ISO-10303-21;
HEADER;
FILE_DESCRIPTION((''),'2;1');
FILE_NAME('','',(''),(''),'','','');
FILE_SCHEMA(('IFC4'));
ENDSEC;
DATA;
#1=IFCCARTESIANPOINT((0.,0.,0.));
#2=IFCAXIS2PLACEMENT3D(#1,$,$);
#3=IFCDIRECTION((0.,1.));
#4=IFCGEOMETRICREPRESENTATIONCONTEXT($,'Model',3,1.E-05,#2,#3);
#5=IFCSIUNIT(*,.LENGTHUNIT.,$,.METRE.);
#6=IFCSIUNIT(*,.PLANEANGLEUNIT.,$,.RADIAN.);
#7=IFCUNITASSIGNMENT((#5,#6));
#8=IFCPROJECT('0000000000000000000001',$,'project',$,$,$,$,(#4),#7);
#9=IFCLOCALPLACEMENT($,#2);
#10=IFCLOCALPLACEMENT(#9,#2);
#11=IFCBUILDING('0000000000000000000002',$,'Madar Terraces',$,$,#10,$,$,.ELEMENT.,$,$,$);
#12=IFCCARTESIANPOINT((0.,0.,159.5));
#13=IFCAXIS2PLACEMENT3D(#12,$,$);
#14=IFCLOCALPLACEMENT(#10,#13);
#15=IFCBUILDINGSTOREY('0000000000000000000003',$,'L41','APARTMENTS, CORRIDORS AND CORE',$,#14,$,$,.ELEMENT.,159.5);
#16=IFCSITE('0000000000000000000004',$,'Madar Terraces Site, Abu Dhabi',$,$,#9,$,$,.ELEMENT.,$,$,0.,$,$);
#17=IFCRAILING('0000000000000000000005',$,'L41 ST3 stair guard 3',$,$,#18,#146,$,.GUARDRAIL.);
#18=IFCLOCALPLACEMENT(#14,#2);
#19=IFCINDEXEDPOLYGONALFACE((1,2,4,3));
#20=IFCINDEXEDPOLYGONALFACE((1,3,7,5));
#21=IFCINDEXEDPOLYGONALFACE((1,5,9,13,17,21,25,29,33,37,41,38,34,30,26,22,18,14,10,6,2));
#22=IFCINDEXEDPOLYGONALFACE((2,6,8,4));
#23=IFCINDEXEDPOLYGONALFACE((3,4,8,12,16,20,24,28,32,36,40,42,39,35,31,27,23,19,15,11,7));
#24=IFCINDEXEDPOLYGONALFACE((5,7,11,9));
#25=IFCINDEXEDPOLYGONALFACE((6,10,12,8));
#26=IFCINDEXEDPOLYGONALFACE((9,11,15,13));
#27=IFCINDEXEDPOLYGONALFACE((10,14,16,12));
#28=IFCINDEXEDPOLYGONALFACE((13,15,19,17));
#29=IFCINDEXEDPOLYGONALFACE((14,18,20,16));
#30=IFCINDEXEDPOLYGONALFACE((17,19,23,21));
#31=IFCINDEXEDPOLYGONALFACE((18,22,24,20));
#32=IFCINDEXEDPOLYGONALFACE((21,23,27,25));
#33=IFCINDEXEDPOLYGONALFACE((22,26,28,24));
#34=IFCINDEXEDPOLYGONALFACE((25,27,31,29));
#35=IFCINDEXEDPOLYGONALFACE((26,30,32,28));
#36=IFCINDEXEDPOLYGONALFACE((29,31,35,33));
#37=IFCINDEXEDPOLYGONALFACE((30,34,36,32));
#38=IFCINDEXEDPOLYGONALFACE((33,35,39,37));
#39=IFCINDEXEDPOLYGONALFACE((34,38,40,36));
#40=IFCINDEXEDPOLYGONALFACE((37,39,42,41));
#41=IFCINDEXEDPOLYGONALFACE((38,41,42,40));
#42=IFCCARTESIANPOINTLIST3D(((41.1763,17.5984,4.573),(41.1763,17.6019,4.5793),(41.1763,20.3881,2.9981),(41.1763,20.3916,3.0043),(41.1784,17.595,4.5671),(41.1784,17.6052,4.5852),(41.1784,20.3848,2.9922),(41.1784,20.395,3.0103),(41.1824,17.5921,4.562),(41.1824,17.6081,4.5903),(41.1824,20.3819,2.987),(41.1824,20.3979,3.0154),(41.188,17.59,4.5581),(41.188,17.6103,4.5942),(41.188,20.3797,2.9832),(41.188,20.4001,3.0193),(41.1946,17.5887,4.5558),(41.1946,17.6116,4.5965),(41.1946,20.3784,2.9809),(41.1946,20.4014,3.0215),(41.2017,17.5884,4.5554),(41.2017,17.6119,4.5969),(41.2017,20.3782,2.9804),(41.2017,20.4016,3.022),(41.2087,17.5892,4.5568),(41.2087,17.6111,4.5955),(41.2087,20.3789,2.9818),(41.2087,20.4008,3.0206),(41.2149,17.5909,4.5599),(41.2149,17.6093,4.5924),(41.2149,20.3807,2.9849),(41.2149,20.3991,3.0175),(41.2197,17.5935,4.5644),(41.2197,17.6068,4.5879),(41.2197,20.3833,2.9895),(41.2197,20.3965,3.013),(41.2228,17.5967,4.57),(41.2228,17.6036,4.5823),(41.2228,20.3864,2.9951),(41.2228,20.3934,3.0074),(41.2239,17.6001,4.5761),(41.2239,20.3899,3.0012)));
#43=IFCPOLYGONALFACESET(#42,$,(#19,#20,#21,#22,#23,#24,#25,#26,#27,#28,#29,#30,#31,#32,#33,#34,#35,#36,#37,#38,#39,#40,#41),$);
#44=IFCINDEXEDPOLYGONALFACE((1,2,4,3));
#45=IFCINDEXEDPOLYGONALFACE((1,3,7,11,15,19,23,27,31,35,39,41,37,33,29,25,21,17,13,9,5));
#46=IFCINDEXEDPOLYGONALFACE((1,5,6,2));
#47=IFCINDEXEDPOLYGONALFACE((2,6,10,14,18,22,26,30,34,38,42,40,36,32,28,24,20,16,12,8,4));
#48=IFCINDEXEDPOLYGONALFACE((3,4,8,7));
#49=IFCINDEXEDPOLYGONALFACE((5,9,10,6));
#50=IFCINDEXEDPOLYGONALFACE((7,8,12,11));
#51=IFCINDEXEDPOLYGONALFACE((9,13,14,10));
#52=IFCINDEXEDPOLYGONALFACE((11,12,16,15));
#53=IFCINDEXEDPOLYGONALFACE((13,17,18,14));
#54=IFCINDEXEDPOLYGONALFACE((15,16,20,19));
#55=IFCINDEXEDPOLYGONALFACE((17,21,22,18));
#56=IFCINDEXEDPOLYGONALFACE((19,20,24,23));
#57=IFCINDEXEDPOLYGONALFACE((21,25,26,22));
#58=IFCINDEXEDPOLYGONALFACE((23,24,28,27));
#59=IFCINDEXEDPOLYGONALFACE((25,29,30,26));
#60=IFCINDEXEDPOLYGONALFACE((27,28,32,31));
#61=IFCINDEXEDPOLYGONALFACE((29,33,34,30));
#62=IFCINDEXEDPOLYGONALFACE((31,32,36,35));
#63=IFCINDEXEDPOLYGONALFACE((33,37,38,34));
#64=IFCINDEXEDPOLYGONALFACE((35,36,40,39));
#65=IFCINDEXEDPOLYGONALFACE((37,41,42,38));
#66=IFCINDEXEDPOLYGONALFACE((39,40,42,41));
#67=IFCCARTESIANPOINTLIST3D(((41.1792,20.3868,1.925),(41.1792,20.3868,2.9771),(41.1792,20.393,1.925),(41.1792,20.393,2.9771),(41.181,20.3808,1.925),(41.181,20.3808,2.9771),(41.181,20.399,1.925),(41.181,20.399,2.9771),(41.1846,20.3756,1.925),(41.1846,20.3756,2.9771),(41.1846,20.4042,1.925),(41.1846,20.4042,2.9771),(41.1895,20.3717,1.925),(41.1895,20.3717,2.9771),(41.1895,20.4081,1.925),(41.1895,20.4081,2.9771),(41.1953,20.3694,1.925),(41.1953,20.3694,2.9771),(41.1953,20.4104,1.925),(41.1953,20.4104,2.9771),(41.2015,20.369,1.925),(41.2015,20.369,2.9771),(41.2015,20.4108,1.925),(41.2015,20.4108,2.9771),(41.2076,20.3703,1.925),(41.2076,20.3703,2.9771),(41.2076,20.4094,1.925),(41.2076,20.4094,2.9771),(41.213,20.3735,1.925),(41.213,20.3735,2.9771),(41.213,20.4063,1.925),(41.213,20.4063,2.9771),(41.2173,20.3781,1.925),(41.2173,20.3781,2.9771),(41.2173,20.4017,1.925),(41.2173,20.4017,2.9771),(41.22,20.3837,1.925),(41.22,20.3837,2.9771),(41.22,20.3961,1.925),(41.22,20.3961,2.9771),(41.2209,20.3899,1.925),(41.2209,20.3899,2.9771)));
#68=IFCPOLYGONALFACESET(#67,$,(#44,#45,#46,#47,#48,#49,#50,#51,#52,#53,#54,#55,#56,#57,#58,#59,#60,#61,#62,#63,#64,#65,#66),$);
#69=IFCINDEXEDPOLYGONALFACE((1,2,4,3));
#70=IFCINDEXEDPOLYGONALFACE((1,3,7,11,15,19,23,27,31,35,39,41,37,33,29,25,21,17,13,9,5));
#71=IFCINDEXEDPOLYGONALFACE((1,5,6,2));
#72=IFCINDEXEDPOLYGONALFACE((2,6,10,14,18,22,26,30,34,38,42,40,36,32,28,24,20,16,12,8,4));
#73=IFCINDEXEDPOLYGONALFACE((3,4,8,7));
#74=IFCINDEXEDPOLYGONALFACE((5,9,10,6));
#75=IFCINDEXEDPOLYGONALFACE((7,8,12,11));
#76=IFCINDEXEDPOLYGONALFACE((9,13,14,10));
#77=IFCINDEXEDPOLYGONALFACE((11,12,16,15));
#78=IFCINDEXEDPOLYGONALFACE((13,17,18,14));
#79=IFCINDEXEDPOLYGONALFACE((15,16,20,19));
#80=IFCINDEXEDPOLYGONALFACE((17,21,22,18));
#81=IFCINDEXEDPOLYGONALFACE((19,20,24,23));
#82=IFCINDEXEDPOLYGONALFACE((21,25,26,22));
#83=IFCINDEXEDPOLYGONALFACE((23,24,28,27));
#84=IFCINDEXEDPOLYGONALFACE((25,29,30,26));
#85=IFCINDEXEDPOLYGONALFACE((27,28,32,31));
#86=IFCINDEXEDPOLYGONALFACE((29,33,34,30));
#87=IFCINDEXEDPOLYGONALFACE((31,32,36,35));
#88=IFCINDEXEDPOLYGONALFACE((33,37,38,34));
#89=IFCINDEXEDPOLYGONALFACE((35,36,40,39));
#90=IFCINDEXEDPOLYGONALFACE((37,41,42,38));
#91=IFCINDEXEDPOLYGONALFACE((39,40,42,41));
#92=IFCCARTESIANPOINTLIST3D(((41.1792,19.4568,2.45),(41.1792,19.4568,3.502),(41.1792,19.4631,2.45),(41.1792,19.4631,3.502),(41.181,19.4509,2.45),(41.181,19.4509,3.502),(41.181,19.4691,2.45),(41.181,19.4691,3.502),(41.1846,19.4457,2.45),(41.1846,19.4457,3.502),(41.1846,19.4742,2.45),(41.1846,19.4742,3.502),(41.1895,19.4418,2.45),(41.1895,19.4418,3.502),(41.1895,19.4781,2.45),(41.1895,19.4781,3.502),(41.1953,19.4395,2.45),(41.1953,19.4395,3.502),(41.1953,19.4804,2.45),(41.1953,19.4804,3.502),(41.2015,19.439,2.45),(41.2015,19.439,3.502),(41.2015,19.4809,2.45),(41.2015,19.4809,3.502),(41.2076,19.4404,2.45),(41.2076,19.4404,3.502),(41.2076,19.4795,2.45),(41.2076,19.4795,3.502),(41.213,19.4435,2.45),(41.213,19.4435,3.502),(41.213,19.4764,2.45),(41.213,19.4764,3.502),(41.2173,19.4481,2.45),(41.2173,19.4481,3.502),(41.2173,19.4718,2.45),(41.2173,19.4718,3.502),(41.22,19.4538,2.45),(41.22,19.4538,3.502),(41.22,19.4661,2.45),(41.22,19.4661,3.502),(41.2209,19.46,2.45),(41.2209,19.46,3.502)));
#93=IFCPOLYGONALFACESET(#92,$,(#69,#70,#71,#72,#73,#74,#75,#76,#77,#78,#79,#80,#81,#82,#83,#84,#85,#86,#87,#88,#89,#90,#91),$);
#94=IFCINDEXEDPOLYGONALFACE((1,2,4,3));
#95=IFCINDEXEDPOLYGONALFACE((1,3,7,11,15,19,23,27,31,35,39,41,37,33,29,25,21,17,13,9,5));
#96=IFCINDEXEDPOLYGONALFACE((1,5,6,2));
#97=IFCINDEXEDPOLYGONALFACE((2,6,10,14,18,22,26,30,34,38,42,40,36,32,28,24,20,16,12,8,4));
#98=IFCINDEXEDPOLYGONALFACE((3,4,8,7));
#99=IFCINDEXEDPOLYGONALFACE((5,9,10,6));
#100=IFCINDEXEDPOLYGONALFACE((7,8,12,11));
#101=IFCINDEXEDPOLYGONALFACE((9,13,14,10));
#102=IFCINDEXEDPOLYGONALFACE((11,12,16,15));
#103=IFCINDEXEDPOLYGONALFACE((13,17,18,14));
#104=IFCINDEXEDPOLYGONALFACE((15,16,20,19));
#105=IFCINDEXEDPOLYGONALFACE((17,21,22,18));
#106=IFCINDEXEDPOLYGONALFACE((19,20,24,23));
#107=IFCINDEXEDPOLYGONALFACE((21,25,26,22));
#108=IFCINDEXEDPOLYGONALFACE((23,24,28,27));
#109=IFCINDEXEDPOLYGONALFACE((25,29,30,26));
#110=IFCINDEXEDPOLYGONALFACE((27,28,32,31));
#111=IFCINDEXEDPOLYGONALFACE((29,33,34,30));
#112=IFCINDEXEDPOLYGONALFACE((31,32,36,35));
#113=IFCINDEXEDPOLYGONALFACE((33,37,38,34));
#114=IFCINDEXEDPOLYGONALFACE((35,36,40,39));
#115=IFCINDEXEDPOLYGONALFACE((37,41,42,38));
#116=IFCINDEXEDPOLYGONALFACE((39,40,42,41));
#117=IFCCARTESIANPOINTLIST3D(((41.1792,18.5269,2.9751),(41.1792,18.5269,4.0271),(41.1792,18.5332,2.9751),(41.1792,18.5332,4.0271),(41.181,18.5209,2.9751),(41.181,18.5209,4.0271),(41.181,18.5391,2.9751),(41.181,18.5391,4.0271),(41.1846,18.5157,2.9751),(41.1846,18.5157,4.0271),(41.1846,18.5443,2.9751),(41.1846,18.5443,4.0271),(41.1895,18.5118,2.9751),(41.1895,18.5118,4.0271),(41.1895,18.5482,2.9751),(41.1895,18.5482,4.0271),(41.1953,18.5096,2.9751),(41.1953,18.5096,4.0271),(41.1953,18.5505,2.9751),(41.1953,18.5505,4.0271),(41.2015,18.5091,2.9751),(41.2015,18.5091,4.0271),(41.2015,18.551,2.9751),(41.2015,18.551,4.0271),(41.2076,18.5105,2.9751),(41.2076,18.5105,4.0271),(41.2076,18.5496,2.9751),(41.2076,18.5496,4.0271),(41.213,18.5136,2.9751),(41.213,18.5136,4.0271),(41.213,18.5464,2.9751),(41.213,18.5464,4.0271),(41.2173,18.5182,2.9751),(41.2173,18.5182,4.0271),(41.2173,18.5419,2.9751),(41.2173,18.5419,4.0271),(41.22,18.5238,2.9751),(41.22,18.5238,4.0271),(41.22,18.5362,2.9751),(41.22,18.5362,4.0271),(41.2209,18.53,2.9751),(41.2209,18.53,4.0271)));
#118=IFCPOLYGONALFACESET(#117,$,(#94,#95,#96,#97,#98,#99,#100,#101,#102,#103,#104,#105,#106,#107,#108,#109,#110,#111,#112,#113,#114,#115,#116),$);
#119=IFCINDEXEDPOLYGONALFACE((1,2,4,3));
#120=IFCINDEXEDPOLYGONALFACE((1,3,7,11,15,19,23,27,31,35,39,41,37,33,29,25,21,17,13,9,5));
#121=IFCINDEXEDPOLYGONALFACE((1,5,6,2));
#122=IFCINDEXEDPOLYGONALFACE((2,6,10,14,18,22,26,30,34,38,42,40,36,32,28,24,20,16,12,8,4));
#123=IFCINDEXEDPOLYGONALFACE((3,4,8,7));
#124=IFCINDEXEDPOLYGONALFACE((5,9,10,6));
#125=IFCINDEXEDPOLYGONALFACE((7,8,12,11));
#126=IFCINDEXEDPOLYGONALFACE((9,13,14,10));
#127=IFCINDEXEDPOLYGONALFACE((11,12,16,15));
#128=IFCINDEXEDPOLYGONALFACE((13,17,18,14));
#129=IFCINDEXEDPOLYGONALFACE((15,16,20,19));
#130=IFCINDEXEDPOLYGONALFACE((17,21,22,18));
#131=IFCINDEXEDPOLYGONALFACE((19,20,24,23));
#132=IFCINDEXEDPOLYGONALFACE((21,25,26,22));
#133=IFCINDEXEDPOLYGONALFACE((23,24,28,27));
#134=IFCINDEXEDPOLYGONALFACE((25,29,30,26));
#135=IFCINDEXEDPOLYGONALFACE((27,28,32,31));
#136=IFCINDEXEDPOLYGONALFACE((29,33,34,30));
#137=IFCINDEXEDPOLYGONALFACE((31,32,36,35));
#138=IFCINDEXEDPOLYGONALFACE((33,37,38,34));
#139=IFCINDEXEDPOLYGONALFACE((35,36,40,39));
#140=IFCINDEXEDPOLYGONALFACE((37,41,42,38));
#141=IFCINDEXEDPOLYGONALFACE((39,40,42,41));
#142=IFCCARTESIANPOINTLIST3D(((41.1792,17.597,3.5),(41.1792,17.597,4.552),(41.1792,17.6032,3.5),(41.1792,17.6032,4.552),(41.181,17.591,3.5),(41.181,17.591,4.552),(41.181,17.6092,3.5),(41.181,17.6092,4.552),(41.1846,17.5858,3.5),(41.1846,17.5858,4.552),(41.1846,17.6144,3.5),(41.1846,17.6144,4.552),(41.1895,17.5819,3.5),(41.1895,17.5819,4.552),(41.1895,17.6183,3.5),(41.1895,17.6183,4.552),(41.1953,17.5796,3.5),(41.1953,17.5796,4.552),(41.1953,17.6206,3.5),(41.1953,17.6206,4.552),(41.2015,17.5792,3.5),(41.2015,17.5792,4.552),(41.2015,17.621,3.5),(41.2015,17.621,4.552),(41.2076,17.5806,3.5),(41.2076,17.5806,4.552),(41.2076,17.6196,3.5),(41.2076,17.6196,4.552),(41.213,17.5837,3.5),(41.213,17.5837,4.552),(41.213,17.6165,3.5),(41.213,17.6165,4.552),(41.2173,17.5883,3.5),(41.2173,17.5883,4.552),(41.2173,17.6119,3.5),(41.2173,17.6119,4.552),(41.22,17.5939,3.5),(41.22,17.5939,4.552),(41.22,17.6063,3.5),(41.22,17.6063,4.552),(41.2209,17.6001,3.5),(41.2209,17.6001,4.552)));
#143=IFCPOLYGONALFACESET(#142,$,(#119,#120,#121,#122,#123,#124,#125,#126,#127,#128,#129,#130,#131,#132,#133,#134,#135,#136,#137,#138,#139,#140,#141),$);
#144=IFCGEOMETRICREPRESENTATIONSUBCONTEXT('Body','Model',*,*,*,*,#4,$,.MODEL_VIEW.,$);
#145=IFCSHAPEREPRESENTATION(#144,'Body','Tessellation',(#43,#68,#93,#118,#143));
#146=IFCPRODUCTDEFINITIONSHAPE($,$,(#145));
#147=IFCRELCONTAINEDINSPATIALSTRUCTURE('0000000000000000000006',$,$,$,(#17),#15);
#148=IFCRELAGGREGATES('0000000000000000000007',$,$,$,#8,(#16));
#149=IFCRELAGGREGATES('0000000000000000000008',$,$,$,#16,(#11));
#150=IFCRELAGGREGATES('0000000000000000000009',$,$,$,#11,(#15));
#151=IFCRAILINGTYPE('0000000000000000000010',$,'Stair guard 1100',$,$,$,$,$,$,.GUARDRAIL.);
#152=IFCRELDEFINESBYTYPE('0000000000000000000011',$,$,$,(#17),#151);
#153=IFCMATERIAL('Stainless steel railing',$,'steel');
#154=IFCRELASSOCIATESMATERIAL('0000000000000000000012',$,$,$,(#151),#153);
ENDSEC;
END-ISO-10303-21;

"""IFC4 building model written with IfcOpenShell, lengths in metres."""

from ifc_helpers import new_model, si_unit, direction, frame, origin, origin_2d, place, context, subcontext, project, spatial, circle, extrude, material, type_object, element, save


model = new_model("IFC4")

# Units and contexts
model_context = context("Model", 3, precision=1e-05, world=origin(), true_north=direction((0.0, 1.0)))
body_context = subcontext(model_context, "Body", "Model", "MODEL_VIEW")
ifc_project = project(units=[si_unit("LENGTHUNIT", "METRE"), si_unit("PLANEANGLEUNIT", "RADIAN")], contexts=[model_context])

# Site, building, storey
site_placement = place(None, origin())
site = spatial("IfcSite", under=ifc_project, at=site_placement, Name="Madar Terraces Site, Abu Dhabi", CompositionType="ELEMENT", RefElevation=0.0)
building_placement = place(site_placement, origin())
building = spatial("IfcBuilding", under=site, at=building_placement, Name="Madar Terraces", CompositionType="ELEMENT")
storey_placement = place(building_placement, frame((0.0, 0.0, 159.5)))
storey = spatial("IfcBuildingStorey", under=building, at=storey_placement, Name="L41", Description="APARTMENTS, CORRIDORS AND CORE", CompositionType="ELEMENT", Elevation=159.5)

# Railing
ifc_material_1 = material(Name="Stainless steel railing", Category="steel")
railing_type_1 = type_object("IfcRailingType", Name="Stair guard 1100", PredefinedType="GUARDRAIL", material=ifc_material_1)
railing_1_placement = place(storey_placement, frame((41.2, 20.3899, 1.925)))
element("IfcRailing", 1, at=railing_1_placement, inside=storey, type_object=railing_type_1, Name="L41 ST3 stair guard 3", PredefinedType="GUARDRAIL", context=body_context, shape_type="SweptSolid", body=[
    extrude(circle(Radius=0.0239, at=origin_2d()), frame((0.0, 0.0, 1.0762), z_axis=(0.0, -0.870815, 0.49161), x_axis=(1.0, 0.0, 0.0)), (0.0, 0.0, 1.0), 3.2036),
    extrude(circle(Radius=0.021, at=origin_2d()), origin(), (0.0, 0.0, 1.0), 1.052),
    extrude(circle(Radius=0.021, at=origin_2d()), frame((0.0, -0.9299, 0.5249)), (0.0, 0.0, 1.0), 1.052),
    extrude(circle(Radius=0.021, at=origin_2d()), frame((0.0, -1.8599, 1.05)), (0.0, 0.0, 1.0), 1.052),
    extrude(circle(Radius=0.021, at=origin_2d()), frame((0.0, -2.7898, 1.575)), (0.0, 0.0, 1.0), 1.052),
])

save(model, "model.ifc")
